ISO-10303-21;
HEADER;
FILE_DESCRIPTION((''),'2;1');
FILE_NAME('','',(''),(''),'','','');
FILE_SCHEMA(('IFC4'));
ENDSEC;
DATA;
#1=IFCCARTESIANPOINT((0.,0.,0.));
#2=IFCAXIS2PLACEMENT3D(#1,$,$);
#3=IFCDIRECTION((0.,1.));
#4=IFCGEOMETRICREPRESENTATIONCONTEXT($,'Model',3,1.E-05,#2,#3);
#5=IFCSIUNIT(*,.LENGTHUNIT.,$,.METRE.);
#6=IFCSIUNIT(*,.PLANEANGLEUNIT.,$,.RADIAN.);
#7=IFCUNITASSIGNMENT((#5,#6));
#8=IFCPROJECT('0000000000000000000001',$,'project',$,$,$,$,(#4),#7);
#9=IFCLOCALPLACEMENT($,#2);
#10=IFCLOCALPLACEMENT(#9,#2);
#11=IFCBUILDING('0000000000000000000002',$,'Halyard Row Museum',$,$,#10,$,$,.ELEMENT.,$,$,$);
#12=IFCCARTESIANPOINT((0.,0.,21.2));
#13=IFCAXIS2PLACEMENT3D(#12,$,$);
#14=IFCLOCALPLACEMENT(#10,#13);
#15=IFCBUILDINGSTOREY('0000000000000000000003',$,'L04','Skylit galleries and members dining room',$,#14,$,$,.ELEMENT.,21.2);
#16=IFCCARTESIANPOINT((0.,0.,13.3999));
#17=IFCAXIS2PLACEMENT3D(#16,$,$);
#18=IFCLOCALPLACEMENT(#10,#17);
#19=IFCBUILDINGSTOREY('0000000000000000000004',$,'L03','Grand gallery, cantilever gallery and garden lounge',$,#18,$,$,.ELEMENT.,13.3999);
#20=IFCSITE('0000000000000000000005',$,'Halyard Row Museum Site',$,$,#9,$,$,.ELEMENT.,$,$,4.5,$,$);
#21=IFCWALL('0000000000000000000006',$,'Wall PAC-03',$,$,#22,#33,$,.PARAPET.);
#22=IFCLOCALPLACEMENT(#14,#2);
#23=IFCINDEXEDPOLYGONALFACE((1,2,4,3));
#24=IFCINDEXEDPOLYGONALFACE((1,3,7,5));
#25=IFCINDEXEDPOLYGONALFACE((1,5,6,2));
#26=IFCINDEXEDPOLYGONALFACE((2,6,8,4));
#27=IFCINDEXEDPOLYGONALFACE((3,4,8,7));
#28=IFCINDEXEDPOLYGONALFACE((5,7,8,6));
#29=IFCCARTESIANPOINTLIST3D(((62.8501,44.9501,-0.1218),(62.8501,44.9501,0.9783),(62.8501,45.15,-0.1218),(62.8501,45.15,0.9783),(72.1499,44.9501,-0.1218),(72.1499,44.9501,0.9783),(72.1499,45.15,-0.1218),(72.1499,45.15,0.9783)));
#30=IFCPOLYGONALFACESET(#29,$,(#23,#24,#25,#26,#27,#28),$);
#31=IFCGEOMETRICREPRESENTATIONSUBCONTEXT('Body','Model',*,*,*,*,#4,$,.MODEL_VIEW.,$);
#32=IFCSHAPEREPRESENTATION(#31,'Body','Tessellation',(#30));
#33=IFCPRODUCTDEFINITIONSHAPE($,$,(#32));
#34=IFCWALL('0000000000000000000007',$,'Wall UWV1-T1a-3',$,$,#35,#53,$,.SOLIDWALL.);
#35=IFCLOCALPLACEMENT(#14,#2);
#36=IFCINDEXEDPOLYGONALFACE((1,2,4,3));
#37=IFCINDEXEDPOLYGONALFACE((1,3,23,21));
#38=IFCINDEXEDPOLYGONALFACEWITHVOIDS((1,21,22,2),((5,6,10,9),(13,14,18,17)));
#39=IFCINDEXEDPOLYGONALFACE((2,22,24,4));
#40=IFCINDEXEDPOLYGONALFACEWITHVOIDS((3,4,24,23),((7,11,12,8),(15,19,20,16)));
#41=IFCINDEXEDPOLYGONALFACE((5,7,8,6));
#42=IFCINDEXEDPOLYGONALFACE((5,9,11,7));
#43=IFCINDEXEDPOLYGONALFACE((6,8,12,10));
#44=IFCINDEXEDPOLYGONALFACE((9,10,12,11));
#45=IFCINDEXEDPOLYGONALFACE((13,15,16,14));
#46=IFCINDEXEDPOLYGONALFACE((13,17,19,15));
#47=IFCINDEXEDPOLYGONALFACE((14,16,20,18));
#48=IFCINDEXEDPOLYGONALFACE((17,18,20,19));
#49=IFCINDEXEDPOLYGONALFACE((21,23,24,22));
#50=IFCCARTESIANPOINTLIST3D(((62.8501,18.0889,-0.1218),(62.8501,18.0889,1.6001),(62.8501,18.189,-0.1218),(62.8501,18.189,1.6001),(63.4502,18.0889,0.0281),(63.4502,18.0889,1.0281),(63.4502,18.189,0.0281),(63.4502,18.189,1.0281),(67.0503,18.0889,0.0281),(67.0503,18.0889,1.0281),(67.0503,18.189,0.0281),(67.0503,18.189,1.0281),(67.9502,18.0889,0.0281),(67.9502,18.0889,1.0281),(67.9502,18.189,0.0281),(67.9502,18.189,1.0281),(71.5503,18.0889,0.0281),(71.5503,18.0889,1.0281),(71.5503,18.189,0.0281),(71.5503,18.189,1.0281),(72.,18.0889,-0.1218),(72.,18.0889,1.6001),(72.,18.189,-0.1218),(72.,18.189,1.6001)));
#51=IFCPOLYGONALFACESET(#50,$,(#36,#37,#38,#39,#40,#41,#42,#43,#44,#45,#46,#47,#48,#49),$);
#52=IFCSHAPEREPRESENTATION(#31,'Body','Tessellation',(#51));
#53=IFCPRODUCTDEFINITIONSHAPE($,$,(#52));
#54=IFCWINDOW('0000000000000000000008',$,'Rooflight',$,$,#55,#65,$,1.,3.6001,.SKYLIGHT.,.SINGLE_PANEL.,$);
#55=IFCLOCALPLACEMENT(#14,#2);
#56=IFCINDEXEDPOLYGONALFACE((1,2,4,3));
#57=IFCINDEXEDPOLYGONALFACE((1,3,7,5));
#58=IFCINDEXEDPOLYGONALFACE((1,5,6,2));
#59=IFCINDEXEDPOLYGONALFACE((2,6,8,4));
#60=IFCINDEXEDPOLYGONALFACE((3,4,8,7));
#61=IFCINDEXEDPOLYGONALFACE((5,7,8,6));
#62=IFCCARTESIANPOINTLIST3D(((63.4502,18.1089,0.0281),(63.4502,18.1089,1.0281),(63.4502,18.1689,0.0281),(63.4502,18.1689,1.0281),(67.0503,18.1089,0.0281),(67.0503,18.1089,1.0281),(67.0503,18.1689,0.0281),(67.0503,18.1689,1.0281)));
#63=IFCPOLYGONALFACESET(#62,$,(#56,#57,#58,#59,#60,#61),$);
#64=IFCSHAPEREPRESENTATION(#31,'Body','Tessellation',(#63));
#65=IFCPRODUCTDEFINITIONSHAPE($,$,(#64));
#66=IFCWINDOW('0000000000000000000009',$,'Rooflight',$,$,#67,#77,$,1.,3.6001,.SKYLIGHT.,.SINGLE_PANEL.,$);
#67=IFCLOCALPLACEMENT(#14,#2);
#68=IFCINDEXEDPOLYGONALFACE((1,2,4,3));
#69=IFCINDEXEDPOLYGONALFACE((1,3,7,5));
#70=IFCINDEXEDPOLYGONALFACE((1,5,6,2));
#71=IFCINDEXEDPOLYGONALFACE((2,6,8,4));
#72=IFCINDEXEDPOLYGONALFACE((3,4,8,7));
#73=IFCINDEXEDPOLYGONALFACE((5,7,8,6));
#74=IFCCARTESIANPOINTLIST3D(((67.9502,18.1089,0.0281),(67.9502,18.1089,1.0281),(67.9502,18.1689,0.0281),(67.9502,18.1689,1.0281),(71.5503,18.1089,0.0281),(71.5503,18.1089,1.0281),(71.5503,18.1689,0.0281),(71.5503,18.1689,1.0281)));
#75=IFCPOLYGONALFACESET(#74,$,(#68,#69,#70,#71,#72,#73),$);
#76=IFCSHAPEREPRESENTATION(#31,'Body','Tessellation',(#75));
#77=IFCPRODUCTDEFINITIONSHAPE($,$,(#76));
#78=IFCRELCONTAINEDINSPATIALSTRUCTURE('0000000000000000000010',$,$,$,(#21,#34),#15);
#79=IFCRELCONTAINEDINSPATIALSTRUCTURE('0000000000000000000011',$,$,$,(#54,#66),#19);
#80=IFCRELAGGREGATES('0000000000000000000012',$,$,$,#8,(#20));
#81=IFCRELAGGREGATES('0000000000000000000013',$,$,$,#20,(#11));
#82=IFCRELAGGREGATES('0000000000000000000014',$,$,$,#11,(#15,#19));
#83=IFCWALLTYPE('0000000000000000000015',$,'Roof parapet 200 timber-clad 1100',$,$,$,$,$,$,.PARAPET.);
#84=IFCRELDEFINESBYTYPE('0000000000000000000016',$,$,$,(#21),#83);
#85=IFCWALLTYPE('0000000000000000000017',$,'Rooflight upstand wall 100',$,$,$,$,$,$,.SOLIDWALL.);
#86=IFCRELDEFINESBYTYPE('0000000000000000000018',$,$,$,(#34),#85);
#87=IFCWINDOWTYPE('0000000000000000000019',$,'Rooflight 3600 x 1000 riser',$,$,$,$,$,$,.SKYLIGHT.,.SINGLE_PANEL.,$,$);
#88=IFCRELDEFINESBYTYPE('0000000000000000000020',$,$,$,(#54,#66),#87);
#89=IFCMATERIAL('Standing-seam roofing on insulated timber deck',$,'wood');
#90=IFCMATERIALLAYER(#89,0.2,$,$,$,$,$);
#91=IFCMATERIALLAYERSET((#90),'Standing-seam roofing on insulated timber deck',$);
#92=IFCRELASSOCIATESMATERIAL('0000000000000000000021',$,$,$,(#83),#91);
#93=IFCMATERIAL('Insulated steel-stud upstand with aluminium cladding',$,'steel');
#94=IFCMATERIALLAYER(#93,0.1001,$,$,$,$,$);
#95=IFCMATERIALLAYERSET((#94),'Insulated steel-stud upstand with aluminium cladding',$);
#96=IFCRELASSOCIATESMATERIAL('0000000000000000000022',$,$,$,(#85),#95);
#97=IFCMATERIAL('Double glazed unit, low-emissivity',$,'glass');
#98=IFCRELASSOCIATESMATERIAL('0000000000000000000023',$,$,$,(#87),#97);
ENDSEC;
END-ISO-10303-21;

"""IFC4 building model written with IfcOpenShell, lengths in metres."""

from ifc_helpers import new_model, si_unit, direction, frame, frame_2d, origin, place, context, subcontext, project, spatial, rectangle, extrude, material, layer, layer_set, type_object, element, fill, save


model = new_model("IFC4")

# Units and contexts
model_context = context("Model", 3, precision=1e-05, world=origin(), true_north=direction((0.0, 1.0)))
body_context = subcontext(model_context, "Body", "Model", "MODEL_VIEW")
ifc_project = project(units=[si_unit("LENGTHUNIT", "METRE"), si_unit("PLANEANGLEUNIT", "RADIAN")], contexts=[model_context])

# Site, building, storey
site_placement = place(None, origin())
site = spatial("IfcSite", under=ifc_project, at=site_placement, Name="Halyard Row Museum Site", CompositionType="ELEMENT", RefElevation=4.5)
building_placement = place(site_placement, origin())
building = spatial("IfcBuilding", under=site, at=building_placement, Name="Halyard Row Museum", CompositionType="ELEMENT")
storey_1_placement = place(building_placement, frame((0.0, 0.0, 21.2)))
storey_1 = spatial("IfcBuildingStorey", under=building, at=storey_1_placement, Name="L04", Description="Skylit galleries and members dining room", CompositionType="ELEMENT", Elevation=21.2)

# Wall
ifc_material_1 = material(Name="Standing-seam roofing on insulated timber deck", Category="wood")
ifc_layer_1 = layer(ifc_material_1, 0.2)
ifc_layer_set_1 = layer_set([ifc_layer_1], Name="Standing-seam roofing on insulated timber deck")
wall_type_1 = type_object("IfcWallType", Name="Roof parapet 200 timber-clad 1100", PredefinedType="PARAPET", material=ifc_layer_set_1)
wall_1_placement = place(storey_1_placement, frame((62.8501, 45.05, -0.1218), z_axis=(0.0, 0.0, 1.0), x_axis=(1.0, 0.0, 0.0)))
element("IfcWall", 1, at=wall_1_placement, inside=storey_1, type_object=wall_type_1, Name="Wall PAC-03", PredefinedType="PARAPET", context=body_context, shape_type="SweptSolid", body=[
    extrude(rectangle(XDim=9.2998, YDim=0.2, at=frame_2d((4.6499, 0.0))), origin(), (0.0, 0.0, 1.0), 1.1001),
])

# Wall, openings
ifc_material_2 = material(Name="Insulated steel-stud upstand with aluminium cladding", Category="steel")
ifc_layer_2 = layer(ifc_material_2, 0.1001)
ifc_layer_set_2 = layer_set([ifc_layer_2], Name="Insulated steel-stud upstand with aluminium cladding")
wall_type_2 = type_object("IfcWallType", Name="Rooflight upstand wall 100", PredefinedType="SOLIDWALL", material=ifc_layer_set_2)
wall_2_placement = place(storey_1_placement, frame((62.8501, 18.1389, -0.1218), z_axis=(0.0, 0.0, 1.0), x_axis=(1.0, 0.0, 0.0)))
wall_2 = element("IfcWall", 2, at=wall_2_placement, inside=storey_1, type_object=wall_type_2, Name="Wall UWV1-T1a-3", PredefinedType="SOLIDWALL", context=body_context, shape_type="SweptSolid", body=[
    extrude(rectangle(XDim=9.1499, YDim=0.1001, at=frame_2d((4.575, 0.0))), origin(), (0.0, 0.0, 1.0), 1.7219),
])
opening_1_placement = place(wall_2_placement, frame((0.6001, 0.0, 0.1499)))
opening_1 = element("IfcOpeningElement", 3, at=opening_1_placement, cuts=wall_2, PredefinedType="OPENING", context=body_context, shape_type="SweptSolid", body=[
    extrude(rectangle(XDim=3.6001, YDim=1.0, at=frame_2d((1.8, 0.5))), frame((0.0, 0.0601, 0.0), z_axis=(0.0, -1.0, 0.0), x_axis=(1.0, 0.0, 0.0)), (0.0, 0.0, 1.0), 0.1201),
])
opening_2_placement = place(wall_2_placement, frame((5.1001, 0.0, 0.1499)))
opening_2 = element("IfcOpeningElement", 4, at=opening_2_placement, cuts=wall_2, PredefinedType="OPENING", context=body_context, shape_type="SweptSolid", body=[
    extrude(rectangle(XDim=3.6001, YDim=1.0, at=frame_2d((1.8, 0.5))), frame((0.0, 0.0601, 0.0), z_axis=(0.0, -1.0, 0.0), x_axis=(1.0, 0.0, 0.0)), (0.0, 0.0, 1.0), 0.1201),
])

# Shared definitions
storey_2_placement = place(building_placement, frame((0.0, 0.0, 13.3999)))
storey_2 = spatial("IfcBuildingStorey", under=building, at=storey_2_placement, Name="L03", Description="Grand gallery, cantilever gallery and garden lounge", CompositionType="ELEMENT", Elevation=13.3999)

# Windows
ifc_material_3 = material(Name="Double glazed unit, low-emissivity", Category="glass")
window_type = type_object("IfcWindowType", Name="Rooflight 3600 x 1000 riser", PartitioningType="SINGLE_PANEL", PredefinedType="SKYLIGHT", material=ifc_material_3)
window_1_placement = place(opening_1_placement, origin())
window_1 = element("IfcWindow", 5, at=window_1_placement, inside=storey_2, type_object=window_type, Name="Rooflight", OverallHeight=1.0, OverallWidth=3.6001, PartitioningType="SINGLE_PANEL", PredefinedType="SKYLIGHT", context=body_context, shape_type="SweptSolid", body=[
    extrude(rectangle(XDim=3.6001, YDim=1.0, at=frame_2d((1.8, 0.5))), frame((0.0, 0.03, 0.0), z_axis=(0.0, -1.0, 0.0), x_axis=(1.0, 0.0, 0.0)), (0.0, 0.0, 1.0), 0.0601),
])
fill(opening_1, window_1)
window_2_placement = place(opening_2_placement, origin())
window_2 = element("IfcWindow", 6, at=window_2_placement, inside=storey_2, type_object=window_type, Name="Rooflight", OverallHeight=1.0, OverallWidth=3.6001, PartitioningType="SINGLE_PANEL", PredefinedType="SKYLIGHT", context=body_context, shape_type="SweptSolid", body=[
    extrude(rectangle(XDim=3.6001, YDim=1.0, at=frame_2d((1.8, 0.5))), frame((0.0, 0.03, 0.0), z_axis=(0.0, -1.0, 0.0), x_axis=(1.0, 0.0, 0.0)), (0.0, 0.0, 1.0), 0.0601),
])
fill(opening_2, window_2)

save(model, "model.ifc")
